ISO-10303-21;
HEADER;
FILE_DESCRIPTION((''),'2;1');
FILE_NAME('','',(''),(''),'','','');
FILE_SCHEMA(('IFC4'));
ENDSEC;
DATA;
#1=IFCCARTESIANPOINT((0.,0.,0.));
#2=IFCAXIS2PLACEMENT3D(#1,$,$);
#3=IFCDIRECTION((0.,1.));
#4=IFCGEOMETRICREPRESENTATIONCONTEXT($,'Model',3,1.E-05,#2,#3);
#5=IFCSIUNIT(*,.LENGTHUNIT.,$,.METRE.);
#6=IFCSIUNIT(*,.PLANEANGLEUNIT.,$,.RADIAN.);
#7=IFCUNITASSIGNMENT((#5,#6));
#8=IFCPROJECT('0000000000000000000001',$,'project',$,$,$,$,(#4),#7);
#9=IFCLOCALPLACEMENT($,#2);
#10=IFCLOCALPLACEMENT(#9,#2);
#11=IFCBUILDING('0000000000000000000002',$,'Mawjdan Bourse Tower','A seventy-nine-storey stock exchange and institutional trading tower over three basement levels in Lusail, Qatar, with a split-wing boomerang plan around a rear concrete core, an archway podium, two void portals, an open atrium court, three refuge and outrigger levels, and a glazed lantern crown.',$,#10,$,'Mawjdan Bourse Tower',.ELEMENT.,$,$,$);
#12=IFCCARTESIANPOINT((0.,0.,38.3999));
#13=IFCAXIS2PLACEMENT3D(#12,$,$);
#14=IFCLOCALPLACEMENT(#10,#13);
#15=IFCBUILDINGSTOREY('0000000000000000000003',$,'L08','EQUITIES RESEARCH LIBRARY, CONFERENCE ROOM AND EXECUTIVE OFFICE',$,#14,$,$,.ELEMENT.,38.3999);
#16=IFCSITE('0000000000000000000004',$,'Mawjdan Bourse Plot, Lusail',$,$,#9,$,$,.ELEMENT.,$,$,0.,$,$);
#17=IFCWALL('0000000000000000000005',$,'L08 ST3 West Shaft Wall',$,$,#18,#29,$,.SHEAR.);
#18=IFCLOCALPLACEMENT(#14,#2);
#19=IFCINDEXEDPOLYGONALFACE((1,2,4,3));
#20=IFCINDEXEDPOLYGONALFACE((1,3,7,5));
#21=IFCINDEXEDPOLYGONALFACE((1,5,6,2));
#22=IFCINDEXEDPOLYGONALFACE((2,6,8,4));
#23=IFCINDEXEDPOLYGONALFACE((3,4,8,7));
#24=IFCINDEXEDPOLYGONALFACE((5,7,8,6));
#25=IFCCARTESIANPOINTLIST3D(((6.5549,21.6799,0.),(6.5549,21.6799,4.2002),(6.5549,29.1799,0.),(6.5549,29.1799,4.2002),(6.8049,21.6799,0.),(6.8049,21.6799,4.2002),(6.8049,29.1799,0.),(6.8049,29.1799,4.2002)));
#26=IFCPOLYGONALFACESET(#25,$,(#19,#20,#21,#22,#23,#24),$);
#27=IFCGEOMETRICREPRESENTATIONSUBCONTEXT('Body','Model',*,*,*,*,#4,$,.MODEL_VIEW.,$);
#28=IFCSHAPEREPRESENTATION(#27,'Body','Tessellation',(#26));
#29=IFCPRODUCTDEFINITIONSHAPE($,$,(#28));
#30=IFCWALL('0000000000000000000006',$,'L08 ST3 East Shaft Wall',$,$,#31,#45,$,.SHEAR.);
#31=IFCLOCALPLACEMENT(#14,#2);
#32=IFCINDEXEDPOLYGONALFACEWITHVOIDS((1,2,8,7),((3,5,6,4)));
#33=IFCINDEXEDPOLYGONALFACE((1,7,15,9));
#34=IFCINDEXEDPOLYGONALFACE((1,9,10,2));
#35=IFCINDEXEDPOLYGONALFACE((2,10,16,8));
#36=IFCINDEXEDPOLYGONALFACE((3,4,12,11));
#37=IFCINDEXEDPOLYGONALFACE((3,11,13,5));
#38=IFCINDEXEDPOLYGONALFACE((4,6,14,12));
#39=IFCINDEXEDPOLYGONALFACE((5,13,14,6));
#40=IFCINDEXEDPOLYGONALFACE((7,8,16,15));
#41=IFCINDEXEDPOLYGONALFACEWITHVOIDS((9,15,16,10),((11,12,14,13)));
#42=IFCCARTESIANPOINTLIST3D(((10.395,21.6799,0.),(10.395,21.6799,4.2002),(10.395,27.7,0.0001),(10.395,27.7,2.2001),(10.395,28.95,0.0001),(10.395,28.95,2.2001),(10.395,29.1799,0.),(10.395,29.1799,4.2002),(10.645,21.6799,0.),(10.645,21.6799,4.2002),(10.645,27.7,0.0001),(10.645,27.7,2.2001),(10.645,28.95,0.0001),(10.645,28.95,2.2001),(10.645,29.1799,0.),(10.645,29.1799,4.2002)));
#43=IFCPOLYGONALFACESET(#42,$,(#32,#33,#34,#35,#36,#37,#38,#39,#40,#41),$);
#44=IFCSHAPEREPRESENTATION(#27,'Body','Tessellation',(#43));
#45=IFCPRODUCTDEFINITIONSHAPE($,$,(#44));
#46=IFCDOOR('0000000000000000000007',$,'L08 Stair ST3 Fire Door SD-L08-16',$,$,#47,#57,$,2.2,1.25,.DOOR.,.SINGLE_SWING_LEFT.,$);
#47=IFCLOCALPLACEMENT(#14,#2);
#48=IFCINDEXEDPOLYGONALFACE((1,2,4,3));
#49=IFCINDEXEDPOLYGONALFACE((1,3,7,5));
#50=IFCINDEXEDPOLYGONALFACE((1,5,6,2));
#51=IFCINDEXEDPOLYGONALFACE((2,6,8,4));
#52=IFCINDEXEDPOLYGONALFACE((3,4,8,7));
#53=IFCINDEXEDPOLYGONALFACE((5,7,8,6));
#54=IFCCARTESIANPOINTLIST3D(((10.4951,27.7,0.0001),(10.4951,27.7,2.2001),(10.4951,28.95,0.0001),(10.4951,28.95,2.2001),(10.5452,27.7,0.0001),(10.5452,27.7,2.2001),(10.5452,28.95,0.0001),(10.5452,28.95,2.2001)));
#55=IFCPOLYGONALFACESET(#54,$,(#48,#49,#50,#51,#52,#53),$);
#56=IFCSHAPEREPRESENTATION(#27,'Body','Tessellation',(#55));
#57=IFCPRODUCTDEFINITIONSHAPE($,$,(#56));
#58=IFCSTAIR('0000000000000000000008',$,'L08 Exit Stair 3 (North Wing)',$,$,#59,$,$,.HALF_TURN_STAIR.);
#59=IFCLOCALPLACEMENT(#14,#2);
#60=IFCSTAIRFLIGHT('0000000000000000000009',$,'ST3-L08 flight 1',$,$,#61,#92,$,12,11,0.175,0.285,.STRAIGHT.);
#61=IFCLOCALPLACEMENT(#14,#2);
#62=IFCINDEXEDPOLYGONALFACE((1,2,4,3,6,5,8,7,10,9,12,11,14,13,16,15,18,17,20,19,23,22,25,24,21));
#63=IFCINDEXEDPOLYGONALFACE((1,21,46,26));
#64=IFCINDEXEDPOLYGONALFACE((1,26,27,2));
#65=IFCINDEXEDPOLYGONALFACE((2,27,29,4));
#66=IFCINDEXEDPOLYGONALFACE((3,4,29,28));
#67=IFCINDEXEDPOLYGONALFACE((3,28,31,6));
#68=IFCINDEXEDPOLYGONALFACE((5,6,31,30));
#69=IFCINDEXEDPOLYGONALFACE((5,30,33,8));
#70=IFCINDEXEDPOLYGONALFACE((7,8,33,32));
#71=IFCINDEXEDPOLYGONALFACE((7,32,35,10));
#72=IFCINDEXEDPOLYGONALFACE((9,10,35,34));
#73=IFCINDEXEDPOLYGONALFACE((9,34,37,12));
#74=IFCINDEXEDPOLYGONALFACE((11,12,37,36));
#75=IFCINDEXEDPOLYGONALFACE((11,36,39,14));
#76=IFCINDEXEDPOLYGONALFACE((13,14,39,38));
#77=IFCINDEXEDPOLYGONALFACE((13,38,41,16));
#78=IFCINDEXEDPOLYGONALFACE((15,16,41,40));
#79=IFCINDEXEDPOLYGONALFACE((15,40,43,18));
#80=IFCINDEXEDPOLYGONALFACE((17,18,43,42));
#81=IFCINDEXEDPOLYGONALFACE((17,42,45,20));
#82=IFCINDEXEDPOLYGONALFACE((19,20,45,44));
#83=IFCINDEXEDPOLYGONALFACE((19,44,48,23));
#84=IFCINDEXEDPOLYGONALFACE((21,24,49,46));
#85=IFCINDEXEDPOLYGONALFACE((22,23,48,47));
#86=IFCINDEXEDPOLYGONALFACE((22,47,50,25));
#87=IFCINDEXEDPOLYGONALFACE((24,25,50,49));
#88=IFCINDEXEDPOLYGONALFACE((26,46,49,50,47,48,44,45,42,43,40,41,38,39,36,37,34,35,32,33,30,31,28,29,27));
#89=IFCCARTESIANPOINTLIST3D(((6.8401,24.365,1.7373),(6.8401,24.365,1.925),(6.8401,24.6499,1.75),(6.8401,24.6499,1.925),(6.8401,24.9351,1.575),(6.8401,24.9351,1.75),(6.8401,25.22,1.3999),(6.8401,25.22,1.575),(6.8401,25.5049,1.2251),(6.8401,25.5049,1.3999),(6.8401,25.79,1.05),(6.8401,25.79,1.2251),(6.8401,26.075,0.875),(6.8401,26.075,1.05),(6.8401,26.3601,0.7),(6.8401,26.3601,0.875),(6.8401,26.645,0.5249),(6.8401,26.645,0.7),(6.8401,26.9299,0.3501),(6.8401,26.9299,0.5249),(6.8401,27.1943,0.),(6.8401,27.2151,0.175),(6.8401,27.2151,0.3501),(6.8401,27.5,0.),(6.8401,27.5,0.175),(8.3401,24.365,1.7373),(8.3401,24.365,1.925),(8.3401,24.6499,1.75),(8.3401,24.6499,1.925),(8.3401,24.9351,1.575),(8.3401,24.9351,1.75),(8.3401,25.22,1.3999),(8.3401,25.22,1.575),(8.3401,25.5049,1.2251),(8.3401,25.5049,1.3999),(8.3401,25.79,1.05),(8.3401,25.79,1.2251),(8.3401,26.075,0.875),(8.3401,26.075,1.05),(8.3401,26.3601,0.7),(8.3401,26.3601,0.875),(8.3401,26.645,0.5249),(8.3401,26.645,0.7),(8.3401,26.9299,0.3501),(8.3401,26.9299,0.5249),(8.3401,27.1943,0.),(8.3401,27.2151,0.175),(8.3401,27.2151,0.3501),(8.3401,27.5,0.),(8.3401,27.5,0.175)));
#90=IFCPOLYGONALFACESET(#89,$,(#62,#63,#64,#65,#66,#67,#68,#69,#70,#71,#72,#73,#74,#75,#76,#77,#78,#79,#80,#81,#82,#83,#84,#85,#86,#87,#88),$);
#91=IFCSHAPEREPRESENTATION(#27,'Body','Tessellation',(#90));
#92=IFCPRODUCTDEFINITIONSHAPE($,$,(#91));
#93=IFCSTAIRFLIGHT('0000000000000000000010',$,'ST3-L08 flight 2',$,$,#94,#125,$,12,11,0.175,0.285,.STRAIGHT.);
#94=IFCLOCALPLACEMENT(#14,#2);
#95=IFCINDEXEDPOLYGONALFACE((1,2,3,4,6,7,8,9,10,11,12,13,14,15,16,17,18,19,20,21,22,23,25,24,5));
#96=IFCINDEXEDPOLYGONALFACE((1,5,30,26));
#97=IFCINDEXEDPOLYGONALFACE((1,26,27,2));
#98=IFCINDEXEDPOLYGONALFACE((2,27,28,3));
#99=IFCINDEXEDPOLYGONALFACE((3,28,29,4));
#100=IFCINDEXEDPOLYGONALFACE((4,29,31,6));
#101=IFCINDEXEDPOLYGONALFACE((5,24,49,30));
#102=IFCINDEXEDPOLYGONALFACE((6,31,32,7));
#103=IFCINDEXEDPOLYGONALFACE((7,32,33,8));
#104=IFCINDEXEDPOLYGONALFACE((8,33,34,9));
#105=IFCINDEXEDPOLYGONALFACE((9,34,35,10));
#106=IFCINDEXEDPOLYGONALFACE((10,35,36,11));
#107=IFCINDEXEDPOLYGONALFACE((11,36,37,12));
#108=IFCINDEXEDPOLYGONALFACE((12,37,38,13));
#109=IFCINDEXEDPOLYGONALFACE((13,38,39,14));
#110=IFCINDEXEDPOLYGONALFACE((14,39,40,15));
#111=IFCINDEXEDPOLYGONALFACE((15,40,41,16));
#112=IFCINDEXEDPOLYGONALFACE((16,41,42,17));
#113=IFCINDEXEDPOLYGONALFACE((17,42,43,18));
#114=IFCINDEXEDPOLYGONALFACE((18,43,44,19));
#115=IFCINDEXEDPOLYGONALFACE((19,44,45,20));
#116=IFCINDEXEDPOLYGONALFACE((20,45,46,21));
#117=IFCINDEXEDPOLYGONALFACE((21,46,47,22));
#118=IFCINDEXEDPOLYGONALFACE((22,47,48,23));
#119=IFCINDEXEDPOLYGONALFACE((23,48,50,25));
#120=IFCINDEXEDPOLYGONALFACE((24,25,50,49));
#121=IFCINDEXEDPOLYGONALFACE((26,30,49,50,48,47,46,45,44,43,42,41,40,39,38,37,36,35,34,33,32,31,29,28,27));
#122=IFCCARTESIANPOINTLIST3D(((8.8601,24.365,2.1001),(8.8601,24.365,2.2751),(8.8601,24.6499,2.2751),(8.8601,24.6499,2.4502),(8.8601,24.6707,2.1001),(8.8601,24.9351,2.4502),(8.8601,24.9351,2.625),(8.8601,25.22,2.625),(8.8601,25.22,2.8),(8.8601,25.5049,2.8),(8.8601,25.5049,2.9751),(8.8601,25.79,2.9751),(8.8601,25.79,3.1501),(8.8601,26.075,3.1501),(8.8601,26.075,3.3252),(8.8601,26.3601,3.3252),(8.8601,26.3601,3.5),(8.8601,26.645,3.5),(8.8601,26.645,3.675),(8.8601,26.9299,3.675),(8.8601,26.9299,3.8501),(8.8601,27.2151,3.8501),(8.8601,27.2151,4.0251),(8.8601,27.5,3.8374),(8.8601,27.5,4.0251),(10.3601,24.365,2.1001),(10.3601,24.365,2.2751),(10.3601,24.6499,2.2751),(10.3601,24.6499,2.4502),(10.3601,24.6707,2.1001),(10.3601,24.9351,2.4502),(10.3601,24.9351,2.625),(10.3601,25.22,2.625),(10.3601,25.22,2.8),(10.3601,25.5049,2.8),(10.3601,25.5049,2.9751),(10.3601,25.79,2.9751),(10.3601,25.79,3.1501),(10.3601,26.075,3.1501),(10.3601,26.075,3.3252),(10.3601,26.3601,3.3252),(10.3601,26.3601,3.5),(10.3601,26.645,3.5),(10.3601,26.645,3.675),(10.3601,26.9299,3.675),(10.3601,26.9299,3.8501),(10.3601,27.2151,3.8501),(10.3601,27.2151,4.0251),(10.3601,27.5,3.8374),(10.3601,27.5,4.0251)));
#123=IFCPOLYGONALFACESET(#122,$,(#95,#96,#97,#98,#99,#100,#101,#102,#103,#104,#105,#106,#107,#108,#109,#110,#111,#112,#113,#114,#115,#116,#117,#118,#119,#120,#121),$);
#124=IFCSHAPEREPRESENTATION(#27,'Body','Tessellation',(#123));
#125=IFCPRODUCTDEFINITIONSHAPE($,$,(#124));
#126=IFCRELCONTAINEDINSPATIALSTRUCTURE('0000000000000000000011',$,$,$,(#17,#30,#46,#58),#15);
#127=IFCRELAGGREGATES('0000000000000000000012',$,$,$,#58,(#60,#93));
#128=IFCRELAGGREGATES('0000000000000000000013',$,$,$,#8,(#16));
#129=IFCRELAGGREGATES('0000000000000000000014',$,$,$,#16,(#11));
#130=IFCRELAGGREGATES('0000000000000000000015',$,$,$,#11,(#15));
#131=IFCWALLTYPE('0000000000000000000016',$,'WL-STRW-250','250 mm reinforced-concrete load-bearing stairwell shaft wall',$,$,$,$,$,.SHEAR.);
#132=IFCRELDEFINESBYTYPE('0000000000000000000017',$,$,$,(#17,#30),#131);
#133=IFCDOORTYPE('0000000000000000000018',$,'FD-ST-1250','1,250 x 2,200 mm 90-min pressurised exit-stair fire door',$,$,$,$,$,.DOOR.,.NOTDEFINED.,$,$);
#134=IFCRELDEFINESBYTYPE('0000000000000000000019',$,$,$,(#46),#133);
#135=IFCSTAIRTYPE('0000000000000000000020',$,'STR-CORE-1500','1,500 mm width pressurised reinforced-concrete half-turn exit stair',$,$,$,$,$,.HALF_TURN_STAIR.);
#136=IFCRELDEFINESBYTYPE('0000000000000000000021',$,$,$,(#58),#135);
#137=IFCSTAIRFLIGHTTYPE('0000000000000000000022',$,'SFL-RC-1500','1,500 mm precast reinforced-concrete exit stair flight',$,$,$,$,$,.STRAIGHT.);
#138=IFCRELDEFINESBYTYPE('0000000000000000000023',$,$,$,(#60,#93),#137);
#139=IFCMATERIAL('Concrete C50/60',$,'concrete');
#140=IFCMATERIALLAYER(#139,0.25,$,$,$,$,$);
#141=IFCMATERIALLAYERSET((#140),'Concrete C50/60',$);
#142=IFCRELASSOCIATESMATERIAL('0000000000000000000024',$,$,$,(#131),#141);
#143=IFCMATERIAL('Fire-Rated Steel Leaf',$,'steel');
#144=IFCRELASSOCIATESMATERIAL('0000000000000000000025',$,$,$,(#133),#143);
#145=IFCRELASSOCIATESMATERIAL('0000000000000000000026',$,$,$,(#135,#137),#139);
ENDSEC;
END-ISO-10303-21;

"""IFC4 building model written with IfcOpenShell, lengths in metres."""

from ifc_helpers import new_model, si_unit, direction, frame, frame_2d, origin, place, context, subcontext, project, spatial, polyline, rectangle, outline, extrude, material, layer, layer_set, type_object, element, fill, aggregate, save


model = new_model("IFC4")

# Units and contexts
model_context = context("Model", 3, precision=1e-05, world=origin(), true_north=direction((0.0, 1.0)))
body_context = subcontext(model_context, "Body", "Model", "MODEL_VIEW")
ifc_project = project(units=[si_unit("LENGTHUNIT", "METRE"), si_unit("PLANEANGLEUNIT", "RADIAN")], contexts=[model_context])

# Site, building, storey
site_placement = place(None, origin())
site = spatial("IfcSite", under=ifc_project, at=site_placement, Name="Mawjdan Bourse Plot, Lusail", CompositionType="ELEMENT", RefElevation=0.0)
building_placement = place(site_placement, origin())
building = spatial("IfcBuilding", under=site, at=building_placement, Name="Mawjdan Bourse Tower", Description="A seventy-nine-storey stock exchange and institutional trading tower over three basement levels in Lusail, Qatar, with a split-wing boomerang plan around a rear concrete core, an archway podium, two void portals, an open atrium court, three refuge and outrigger levels, and a glazed lantern crown.", LongName="Mawjdan Bourse Tower", CompositionType="ELEMENT")
storey_placement = place(building_placement, frame((0.0, 0.0, 38.3999)))
storey = spatial("IfcBuildingStorey", under=building, at=storey_placement, Name="L08", Description="EQUITIES RESEARCH LIBRARY, CONFERENCE ROOM AND EXECUTIVE OFFICE", CompositionType="ELEMENT", Elevation=38.3999)

# Wall
ifc_material_1 = material(Name="Concrete C50/60", Category="concrete")
ifc_layer_1 = layer(ifc_material_1, 0.25)
ifc_layer_set_1 = layer_set([ifc_layer_1], Name="Concrete C50/60")
wall_type_1 = type_object("IfcWallType", Name="WL-STRW-250", Description="250 mm reinforced-concrete load-bearing stairwell shaft wall", PredefinedType="SHEAR", material=ifc_layer_set_1)
wall_1_placement = place(storey_placement, frame((6.6799, 21.6799, 0.0), z_axis=(0.0, 0.0, 1.0), x_axis=(0.0, 1.0, 0.0)))
element("IfcWall", 1, at=wall_1_placement, inside=storey, type_object=wall_type_1, Name="L08 ST3 West Shaft Wall", PredefinedType="SHEAR", context=body_context, shape_type="SweptSolid", body=[
    extrude(rectangle(XDim=7.5, YDim=0.25, at=frame_2d((3.75, 0.0))), origin(), (0.0, 0.0, 1.0), 4.2002),
])

# Wall, opening, door
wall_2_placement = place(storey_placement, frame((10.52, 21.6799, 0.0), z_axis=(0.0, 0.0, 1.0), x_axis=(0.0, 1.0, 0.0)))
wall_2 = element("IfcWall", 2, at=wall_2_placement, inside=storey, type_object=wall_type_1, Name="L08 ST3 East Shaft Wall", PredefinedType="SHEAR", context=body_context, shape_type="SweptSolid", body=[
    extrude(rectangle(XDim=7.5, YDim=0.25, at=frame_2d((3.75, 0.0))), origin(), (0.0, 0.0, 1.0), 4.2002),
])
opening_placement = place(wall_2_placement, frame((6.02, 0.0, 0.0)))
opening = element("IfcOpeningElement", 3, at=opening_placement, cuts=wall_2, PredefinedType="OPENING", context=body_context, shape_type="SweptSolid", body=[
    extrude(rectangle(XDim=1.25, YDim=2.2, at=frame_2d((0.625, 1.1001))), frame((0.0, 0.135, 0.0), z_axis=(0.0, -1.0, 0.0), x_axis=(1.0, 0.0, 0.0)), (0.0, 0.0, 1.0), 0.27),
])
ifc_material_2 = material(Name="Fire-Rated Steel Leaf", Category="steel")
door_type = type_object("IfcDoorType", Name="FD-ST-1250", Description="1,250 x 2,200 mm 90-min pressurised exit-stair fire door", OperationType="NOTDEFINED", PredefinedType="DOOR", material=ifc_material_2)
door_placement = place(opening_placement, origin())
door = element("IfcDoor", 4, at=door_placement, inside=storey, type_object=door_type, Name="L08 Stair ST3 Fire Door SD-L08-16", OperationType="SINGLE_SWING_LEFT", OverallHeight=2.2, OverallWidth=1.25, PredefinedType="DOOR", context=body_context, shape_type="SweptSolid", body=[
    extrude(rectangle(XDim=1.25, YDim=2.2, at=frame_2d((0.625, 1.1001))), frame((0.0, 0.0249, 0.0), z_axis=(0.0, -1.0, 0.0), x_axis=(1.0, 0.0, 0.0)), (0.0, 0.0, 1.0), 0.05),
])
fill(opening, door)

# Stair, stair flights
stair_type = type_object("IfcStairType", Name="STR-CORE-1500", Description="1,500 mm width pressurised reinforced-concrete half-turn exit stair", PredefinedType="HALF_TURN_STAIR", material=ifc_material_1)
stair_placement = place(storey_placement, origin())
stair = element("IfcStair", 5, at=stair_placement, inside=storey, type_object=stair_type, Name="L08 Exit Stair 3 (North Wing)", PredefinedType="HALF_TURN_STAIR")
stair_flight_type = type_object("IfcStairFlightType", Name="SFL-RC-1500", Description="1,500 mm precast reinforced-concrete exit stair flight", PredefinedType="STRAIGHT", material=ifc_material_1)
stair_flight_1_placement = place(storey_placement, frame((7.5901, 27.5, 0.0), z_axis=(0.0, 0.0, 1.0), x_axis=(0.0, -1.0, 0.0)))
stair_flight_1 = element("IfcStairFlight", 6, at=stair_flight_1_placement, type_object=stair_flight_type, Name="ST3-L08 flight 1", NumberOfRisers=12, NumberOfTreads=11, PredefinedType="STRAIGHT", RiserHeight=0.175, TreadLength=0.285, context=body_context, shape_type="SweptSolid", body=[
    extrude(outline(polyline([(0.0, 0.0), (0.0, 0.175), (0.2849, 0.175), (0.2849, 0.3501), (0.5701, 0.3501), (0.5701, 0.5249), (0.855, 0.5249), (0.855, 0.7), (1.1399, 0.7), (1.1399, 0.875), (1.425, 0.875), (1.425, 1.05), (1.71, 1.05), (1.71, 1.2251), (1.9951, 1.2251), (1.9951, 1.3999), (2.28, 1.3999), (2.28, 1.575), (2.5649, 1.575), (2.5649, 1.75), (2.8501, 1.75), (2.8501, 1.925), (3.135, 1.925), (3.135, 2.1001), (3.135, 1.7373), (0.3057, 0.0), (0.0, 0.0)])), frame((0.0, 0.75, 0.0), z_axis=(0.0, -1.0, 0.0), x_axis=(1.0, 0.0, 0.0)), (0.0, 0.0, 1.0), 1.5),
])
stair_flight_2_placement = place(storey_placement, frame((9.6101, 24.365, 2.1001), z_axis=(0.0, 0.0, 1.0), x_axis=(0.0, 1.0, 0.0)))
stair_flight_2 = element("IfcStairFlight", 7, at=stair_flight_2_placement, type_object=stair_flight_type, Name="ST3-L08 flight 2", NumberOfRisers=12, NumberOfTreads=11, PredefinedType="STRAIGHT", RiserHeight=0.175, TreadLength=0.285, context=body_context, shape_type="SweptSolid", body=[
    extrude(outline(polyline([(0.0, 0.0), (0.0, 0.175), (0.2849, 0.175), (0.2849, 0.3501), (0.5701, 0.3501), (0.5701, 0.5249), (0.855, 0.5249), (0.855, 0.7), (1.1399, 0.7), (1.1399, 0.875), (1.425, 0.875), (1.425, 1.05), (1.71, 1.05), (1.71, 1.2251), (1.9951, 1.2251), (1.9951, 1.3999), (2.28, 1.3999), (2.28, 1.575), (2.5649, 1.575), (2.5649, 1.75), (2.8501, 1.75), (2.8501, 1.925), (3.135, 1.925), (3.135, 2.1001), (3.135, 1.7373), (0.3057, 0.0), (0.0, 0.0)])), frame((0.0, 0.75, 0.0), z_axis=(0.0, -1.0, 0.0), x_axis=(1.0, 0.0, 0.0)), (0.0, 0.0, 1.0), 1.5),
])
aggregate(stair, [stair_flight_1, stair_flight_2])

save(model, "model.ifc")
